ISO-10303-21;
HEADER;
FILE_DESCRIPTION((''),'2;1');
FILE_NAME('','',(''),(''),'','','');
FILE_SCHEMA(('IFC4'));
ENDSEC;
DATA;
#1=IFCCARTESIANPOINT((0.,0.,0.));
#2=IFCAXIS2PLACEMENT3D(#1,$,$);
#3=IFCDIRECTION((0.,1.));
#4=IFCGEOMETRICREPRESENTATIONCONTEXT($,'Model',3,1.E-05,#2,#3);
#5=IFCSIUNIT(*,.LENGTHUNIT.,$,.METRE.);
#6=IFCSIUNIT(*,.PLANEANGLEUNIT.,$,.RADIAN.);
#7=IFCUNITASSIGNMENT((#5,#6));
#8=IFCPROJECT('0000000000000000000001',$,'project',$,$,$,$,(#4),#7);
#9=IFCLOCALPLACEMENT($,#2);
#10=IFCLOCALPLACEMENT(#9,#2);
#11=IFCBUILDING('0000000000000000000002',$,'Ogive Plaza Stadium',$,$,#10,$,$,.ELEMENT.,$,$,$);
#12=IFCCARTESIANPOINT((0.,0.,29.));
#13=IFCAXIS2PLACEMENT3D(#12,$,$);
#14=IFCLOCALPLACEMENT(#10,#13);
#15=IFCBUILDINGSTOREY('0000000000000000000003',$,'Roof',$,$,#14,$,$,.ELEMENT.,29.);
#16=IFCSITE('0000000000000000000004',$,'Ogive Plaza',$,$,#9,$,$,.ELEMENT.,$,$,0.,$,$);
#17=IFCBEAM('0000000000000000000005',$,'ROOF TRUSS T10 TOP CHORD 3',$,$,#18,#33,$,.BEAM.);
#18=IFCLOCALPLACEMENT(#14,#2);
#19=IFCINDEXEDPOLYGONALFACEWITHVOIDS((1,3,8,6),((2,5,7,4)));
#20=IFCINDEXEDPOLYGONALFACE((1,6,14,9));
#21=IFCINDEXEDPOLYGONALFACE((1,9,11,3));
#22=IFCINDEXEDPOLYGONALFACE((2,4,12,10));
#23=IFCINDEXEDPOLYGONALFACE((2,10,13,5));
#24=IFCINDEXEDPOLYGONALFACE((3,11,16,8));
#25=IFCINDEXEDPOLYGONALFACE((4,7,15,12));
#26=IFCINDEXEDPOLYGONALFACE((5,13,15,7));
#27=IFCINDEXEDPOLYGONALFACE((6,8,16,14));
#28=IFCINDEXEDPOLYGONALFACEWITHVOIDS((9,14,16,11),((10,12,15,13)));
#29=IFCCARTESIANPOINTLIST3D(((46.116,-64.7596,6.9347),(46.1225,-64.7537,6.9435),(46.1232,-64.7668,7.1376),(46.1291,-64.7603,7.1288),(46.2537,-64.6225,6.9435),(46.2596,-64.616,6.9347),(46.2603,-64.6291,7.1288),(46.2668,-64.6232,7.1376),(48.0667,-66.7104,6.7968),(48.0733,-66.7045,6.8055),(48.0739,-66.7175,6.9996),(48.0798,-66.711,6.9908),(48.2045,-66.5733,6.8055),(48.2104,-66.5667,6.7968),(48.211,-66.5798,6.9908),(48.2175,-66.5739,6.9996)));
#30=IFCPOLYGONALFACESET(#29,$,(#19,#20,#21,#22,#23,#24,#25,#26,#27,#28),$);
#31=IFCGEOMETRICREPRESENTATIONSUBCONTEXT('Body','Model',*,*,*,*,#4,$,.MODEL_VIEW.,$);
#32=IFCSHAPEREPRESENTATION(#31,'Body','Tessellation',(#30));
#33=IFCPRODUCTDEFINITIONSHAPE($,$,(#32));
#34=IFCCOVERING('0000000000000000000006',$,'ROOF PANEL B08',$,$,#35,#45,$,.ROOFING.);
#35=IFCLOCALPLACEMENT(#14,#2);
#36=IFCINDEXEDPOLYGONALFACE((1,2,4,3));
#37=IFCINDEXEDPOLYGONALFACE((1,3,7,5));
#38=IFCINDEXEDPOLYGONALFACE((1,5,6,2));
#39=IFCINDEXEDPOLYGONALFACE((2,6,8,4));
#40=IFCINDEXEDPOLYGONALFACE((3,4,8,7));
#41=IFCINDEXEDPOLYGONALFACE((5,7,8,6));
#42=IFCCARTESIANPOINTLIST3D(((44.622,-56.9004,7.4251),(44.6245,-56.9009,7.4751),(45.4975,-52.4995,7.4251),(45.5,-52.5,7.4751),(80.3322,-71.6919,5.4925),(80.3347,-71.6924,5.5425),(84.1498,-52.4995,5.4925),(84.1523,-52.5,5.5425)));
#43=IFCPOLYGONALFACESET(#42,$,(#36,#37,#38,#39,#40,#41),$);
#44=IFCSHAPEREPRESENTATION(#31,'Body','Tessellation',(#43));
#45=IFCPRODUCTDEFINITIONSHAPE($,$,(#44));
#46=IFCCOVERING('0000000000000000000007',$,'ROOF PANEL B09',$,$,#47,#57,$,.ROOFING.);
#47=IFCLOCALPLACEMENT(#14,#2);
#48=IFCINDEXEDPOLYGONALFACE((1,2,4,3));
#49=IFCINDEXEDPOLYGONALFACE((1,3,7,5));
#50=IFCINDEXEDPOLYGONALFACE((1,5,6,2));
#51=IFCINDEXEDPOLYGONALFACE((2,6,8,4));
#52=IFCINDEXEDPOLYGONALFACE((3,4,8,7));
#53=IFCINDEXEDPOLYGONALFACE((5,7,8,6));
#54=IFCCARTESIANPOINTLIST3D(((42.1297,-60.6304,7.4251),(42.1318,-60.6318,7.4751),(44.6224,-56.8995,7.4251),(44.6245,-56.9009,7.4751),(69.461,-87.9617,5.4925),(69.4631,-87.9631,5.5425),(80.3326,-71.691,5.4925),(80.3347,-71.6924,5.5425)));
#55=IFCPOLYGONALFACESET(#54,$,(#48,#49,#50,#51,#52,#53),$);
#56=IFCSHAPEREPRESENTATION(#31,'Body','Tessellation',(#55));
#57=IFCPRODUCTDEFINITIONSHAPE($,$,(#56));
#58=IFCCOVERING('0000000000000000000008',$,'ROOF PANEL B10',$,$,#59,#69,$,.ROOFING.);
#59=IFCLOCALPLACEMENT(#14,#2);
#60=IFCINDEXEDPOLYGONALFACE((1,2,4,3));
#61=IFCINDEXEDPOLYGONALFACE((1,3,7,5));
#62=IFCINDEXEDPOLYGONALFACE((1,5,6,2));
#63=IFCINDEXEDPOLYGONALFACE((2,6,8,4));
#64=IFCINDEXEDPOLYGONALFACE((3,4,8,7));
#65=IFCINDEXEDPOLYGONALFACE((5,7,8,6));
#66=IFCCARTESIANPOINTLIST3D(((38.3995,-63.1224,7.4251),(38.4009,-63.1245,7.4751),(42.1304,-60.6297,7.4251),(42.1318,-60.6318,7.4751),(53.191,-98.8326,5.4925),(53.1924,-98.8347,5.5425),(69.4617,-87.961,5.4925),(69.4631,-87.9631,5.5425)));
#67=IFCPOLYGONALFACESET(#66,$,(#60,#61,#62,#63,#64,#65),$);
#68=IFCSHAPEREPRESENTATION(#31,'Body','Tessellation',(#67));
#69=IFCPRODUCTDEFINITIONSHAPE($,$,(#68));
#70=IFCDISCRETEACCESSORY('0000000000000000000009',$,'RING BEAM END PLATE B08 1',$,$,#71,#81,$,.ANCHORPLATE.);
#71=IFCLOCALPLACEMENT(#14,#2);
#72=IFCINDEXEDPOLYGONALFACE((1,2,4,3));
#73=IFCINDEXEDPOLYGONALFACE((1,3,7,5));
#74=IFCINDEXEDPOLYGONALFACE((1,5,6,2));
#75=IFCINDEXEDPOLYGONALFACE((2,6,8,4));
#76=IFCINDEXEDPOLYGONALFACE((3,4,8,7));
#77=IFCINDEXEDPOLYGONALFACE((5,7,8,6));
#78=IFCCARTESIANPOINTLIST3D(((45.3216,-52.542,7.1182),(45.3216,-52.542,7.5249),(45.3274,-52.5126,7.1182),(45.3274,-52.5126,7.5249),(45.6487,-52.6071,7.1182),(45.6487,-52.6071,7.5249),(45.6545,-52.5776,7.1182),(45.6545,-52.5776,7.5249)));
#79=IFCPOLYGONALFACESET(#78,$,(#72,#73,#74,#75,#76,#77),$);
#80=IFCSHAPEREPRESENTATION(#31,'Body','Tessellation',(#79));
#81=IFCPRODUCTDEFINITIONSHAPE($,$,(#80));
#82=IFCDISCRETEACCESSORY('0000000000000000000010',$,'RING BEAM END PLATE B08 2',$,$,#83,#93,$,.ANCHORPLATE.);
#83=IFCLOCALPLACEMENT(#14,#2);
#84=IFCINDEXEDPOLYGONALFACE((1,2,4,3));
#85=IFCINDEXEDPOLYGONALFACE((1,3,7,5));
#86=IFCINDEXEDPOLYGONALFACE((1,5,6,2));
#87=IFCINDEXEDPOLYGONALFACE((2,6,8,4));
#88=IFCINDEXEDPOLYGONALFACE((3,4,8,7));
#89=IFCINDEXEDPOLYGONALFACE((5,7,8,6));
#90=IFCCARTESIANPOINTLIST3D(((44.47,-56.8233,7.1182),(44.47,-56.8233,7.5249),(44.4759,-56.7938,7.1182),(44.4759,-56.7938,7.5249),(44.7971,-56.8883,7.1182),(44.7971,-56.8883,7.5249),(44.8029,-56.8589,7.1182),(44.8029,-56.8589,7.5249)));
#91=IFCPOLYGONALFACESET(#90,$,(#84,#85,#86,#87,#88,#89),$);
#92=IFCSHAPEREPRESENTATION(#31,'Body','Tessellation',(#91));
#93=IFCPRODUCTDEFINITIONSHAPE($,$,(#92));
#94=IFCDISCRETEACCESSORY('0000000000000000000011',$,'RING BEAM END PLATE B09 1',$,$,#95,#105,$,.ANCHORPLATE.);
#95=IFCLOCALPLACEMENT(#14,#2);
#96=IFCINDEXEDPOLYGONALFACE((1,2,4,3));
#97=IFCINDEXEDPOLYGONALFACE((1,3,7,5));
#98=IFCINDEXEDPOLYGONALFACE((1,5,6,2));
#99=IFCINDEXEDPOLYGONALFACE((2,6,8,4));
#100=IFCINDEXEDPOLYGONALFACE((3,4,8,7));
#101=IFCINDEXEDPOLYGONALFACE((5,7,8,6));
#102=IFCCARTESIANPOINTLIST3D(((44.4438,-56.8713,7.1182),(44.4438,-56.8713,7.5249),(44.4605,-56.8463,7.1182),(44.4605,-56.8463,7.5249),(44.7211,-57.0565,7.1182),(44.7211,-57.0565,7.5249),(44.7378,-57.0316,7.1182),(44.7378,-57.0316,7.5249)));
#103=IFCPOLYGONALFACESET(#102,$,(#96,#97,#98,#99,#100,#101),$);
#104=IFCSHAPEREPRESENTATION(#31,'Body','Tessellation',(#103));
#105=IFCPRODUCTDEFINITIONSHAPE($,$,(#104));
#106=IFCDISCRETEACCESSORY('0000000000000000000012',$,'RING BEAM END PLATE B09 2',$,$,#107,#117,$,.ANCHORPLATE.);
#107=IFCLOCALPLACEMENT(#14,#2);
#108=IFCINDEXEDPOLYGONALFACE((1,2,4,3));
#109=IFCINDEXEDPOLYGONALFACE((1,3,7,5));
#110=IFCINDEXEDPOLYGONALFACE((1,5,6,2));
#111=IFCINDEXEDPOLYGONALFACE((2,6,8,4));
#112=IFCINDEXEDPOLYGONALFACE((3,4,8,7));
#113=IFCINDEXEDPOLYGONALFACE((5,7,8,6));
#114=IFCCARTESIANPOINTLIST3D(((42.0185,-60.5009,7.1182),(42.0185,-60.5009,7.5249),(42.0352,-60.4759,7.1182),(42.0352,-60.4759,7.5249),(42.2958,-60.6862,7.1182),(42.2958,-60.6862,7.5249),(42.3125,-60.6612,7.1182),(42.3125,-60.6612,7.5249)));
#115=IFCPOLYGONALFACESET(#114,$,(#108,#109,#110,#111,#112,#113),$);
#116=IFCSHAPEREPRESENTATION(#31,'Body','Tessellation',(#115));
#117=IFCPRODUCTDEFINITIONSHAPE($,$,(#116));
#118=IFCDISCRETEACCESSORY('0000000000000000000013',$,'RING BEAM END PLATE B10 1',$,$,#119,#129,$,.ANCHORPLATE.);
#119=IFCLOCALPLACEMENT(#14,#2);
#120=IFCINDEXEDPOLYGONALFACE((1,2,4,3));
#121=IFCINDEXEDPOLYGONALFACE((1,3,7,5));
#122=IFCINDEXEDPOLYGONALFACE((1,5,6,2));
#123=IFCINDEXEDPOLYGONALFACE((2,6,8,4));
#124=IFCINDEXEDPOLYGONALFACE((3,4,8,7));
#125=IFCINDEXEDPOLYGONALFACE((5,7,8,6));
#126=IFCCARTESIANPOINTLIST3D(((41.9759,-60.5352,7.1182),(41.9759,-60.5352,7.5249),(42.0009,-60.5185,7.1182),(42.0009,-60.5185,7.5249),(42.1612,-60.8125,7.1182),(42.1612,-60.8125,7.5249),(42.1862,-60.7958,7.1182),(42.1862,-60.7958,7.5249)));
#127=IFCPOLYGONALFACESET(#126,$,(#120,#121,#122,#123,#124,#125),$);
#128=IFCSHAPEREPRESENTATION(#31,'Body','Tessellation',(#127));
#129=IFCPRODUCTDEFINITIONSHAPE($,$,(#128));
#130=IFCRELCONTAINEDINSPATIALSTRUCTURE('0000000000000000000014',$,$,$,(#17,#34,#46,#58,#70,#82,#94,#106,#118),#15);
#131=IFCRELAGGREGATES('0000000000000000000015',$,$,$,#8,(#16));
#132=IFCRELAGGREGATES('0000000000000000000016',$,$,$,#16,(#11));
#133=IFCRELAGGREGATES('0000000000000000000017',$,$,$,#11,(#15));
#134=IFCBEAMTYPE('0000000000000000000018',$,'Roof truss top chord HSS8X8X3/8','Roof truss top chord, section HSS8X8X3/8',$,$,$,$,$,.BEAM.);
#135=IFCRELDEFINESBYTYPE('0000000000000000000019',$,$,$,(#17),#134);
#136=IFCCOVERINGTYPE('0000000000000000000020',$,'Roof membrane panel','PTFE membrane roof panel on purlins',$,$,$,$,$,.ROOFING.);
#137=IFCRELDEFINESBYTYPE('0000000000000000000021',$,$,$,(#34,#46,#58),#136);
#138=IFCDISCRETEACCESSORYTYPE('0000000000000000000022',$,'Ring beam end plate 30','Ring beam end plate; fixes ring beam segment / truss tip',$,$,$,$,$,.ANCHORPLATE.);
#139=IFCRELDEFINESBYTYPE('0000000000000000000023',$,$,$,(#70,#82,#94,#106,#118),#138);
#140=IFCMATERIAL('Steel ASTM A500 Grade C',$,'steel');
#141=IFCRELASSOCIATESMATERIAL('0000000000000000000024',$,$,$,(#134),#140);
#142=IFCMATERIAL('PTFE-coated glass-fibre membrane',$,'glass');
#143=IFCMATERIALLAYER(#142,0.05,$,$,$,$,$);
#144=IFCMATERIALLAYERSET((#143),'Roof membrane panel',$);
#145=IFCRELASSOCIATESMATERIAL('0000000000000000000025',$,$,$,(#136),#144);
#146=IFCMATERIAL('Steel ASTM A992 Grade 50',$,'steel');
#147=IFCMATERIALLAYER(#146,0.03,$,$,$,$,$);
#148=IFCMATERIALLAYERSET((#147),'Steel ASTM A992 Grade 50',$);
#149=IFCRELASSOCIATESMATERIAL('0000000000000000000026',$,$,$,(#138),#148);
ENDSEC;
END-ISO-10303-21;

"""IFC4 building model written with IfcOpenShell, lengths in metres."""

from ifc_helpers import new_model, si_unit, direction, frame, origin, origin_2d, place, context, subcontext, project, spatial, polyline, rectangle, hollow_rectangle, outline, extrude, material, layer, layer_set, material_profile, profile_set, type_object, element, save


model = new_model("IFC4")

# Units and contexts
model_context = context("Model", 3, precision=1e-05, world=origin(), true_north=direction((0.0, 1.0)))
body_context = subcontext(model_context, "Body", "Model", "MODEL_VIEW")
ifc_project = project(units=[si_unit("LENGTHUNIT", "METRE"), si_unit("PLANEANGLEUNIT", "RADIAN")], contexts=[model_context])

# Site, building, storey
site_placement = place(None, origin())
site = spatial("IfcSite", under=ifc_project, at=site_placement, Name="Ogive Plaza", CompositionType="ELEMENT", RefElevation=0.0)
building_placement = place(site_placement, origin())
building = spatial("IfcBuilding", under=site, at=building_placement, Name="Ogive Plaza Stadium", CompositionType="ELEMENT")
storey_placement = place(building_placement, frame((0.0, 0.0, 29.0)))
storey = spatial("IfcBuildingStorey", under=building, at=storey_placement, Name="Roof", CompositionType="ELEMENT", Elevation=29.0)

# Beam
ifc_material_1 = material(Name="Steel ASTM A500 Grade C", Category="steel")
ifc_material_profile_1 = material_profile(ifc_material_1, hollow_rectangle(XDim=0.2031, YDim=0.2031, WallThickness=0.0088, at=origin_2d()), Name="HSS8X8X3/8")
ifc_profile_set_1 = profile_set([ifc_material_profile_1], Name="Steel ASTM A500 Grade C")
beam_type_1 = type_object("IfcBeamType", Name="Roof truss top chord HSS8X8X3/8", Description="Roof truss top chord, section HSS8X8X3/8", PredefinedType="BEAM", material=ifc_profile_set_1)
beam_1_placement = place(storey_placement, frame((46.1914, -64.6914, 7.0361), z_axis=(0.706224, -0.706224, -0.04994), x_axis=(0.707107, 0.707107, 0.0)))
element("IfcBeam", 1, at=beam_1_placement, inside=storey, type_object=beam_type_1, Name="ROOF TRUSS T10 TOP CHORD 3", PredefinedType="BEAM", context=body_context, shape_type="SweptSolid", body=[
    extrude(hollow_rectangle(XDim=0.2031, YDim=0.2031, WallThickness=0.0088, at=origin_2d()), origin(), (0.0, 0.0, 1.0), 2.7622),
])

# Coverings
ifc_material_2 = material(Name="PTFE-coated glass-fibre membrane", Category="glass")
ifc_layer_1 = layer(ifc_material_2, 0.05)
ifc_layer_set_1 = layer_set([ifc_layer_1], Name="Roof membrane panel")
covering_type = type_object("IfcCoveringType", Name="Roof membrane panel", Description="PTFE membrane roof panel on purlins", PredefinedType="ROOFING", material=ifc_layer_set_1)
covering_1_placement = place(storey_placement, frame((45.5, -52.5, 7.4751), z_axis=(0.049935, -0.009933, 0.998703), x_axis=(0.998752, 0.0, -0.049938)))
element("IfcCovering", 2, at=covering_1_placement, inside=storey, type_object=covering_type, Name="ROOF PANEL B08", PredefinedType="ROOFING", context=body_context, shape_type="SweptSolid", body=[
    extrude(outline(polyline([(0.0, 0.0), (38.7006, 0.0), (34.8878, -19.1933), (-0.8744, -4.4011), (0.0, 0.0)])), origin(), (0.0, 0.0, -1.0), 0.05),
])
covering_2_placement = place(storey_placement, frame((44.6245, -56.9009, 7.4751), z_axis=(0.042333, -0.028285, 0.998703), x_axis=(0.922728, -0.382203, -0.049938)))
element("IfcCovering", 3, at=covering_2_placement, inside=storey, type_object=covering_type, Name="ROOF PANEL B09", PredefinedType="ROOFING", context=body_context, shape_type="SweptSolid", body=[
    extrude(outline(polyline([(0.0, 0.0), (38.7007, 0.0), (34.8879, -19.1935), (-0.8741, -4.4011), (0.0, 0.0)])), origin(), (0.0, 0.0, -1.0), 0.05),
])
covering_3_placement = place(storey_placement, frame((42.1318, -60.6318, 7.4751), z_axis=(0.028285, -0.042333, 0.998703), x_axis=(0.706225, -0.706225, -0.049937)))
element("IfcCovering", 4, at=covering_3_placement, inside=storey, type_object=covering_type, Name="ROOF PANEL B10", PredefinedType="ROOFING", context=body_context, shape_type="SweptSolid", body=[
    extrude(outline(polyline([(0.0, 0.0), (38.7006, 0.0), (34.8876, -19.1935), (-0.8745, -4.401), (0.0, 0.0)])), origin(), (0.0, 0.0, -1.0), 0.05),
])

# Discrete accessories
ifc_material_3 = material(Name="Steel ASTM A992 Grade 50", Category="steel")
ifc_layer_2 = layer(ifc_material_3, 0.03)
ifc_layer_set_2 = layer_set([ifc_layer_2], Name="Steel ASTM A992 Grade 50")
discrete_accessory_type = type_object("IfcDiscreteAccessoryType", Name="Ring beam end plate 30", Description="Ring beam end plate; fixes ring beam segment / truss tip", PredefinedType="ANCHORPLATE", material=ifc_layer_set_2)
for number, where, z_axis, x_axis, name in (
    (5, (45.488, -52.5598, 7.1182), (0.0, 0.0, 1.0), (-0.19509, -0.980785, 0.0), "RING BEAM END PLATE B08 1"),
    (6, (44.6365, -56.8411, 7.1182), (0.0, 0.0, 1.0), (-0.19509, -0.980785, 0.0), "RING BEAM END PLATE B08 2"),
    (7, (44.5908, -56.9514, 7.1182), (0.0, 0.0, 1.0), (-0.55557, -0.83147, 0.0), "RING BEAM END PLATE B09 1"),
    (8, (42.1655, -60.5811, 7.1182), (0.0, 0.0, 1.0), (-0.55557, -0.83147, 0.0), "RING BEAM END PLATE B09 2"),
    (9, (42.0811, -60.6655, 7.1182), (0.0, 0.0, 1.0), (-0.83147, -0.55557, 0.0), "RING BEAM END PLATE B10 1"),
):
    element("IfcDiscreteAccessory", number, at=place(storey_placement, frame(where, z_axis=z_axis, x_axis=x_axis)), inside=storey, type_object=discrete_accessory_type, Name=name, PredefinedType="ANCHORPLATE", context=body_context, shape_type="SweptSolid", body=[
        extrude(rectangle(XDim=0.03, YDim=0.3335, at=origin_2d()), origin(), (0.0, 0.0, 1.0), 0.4067),
    ])

save(model, "model.ifc")
